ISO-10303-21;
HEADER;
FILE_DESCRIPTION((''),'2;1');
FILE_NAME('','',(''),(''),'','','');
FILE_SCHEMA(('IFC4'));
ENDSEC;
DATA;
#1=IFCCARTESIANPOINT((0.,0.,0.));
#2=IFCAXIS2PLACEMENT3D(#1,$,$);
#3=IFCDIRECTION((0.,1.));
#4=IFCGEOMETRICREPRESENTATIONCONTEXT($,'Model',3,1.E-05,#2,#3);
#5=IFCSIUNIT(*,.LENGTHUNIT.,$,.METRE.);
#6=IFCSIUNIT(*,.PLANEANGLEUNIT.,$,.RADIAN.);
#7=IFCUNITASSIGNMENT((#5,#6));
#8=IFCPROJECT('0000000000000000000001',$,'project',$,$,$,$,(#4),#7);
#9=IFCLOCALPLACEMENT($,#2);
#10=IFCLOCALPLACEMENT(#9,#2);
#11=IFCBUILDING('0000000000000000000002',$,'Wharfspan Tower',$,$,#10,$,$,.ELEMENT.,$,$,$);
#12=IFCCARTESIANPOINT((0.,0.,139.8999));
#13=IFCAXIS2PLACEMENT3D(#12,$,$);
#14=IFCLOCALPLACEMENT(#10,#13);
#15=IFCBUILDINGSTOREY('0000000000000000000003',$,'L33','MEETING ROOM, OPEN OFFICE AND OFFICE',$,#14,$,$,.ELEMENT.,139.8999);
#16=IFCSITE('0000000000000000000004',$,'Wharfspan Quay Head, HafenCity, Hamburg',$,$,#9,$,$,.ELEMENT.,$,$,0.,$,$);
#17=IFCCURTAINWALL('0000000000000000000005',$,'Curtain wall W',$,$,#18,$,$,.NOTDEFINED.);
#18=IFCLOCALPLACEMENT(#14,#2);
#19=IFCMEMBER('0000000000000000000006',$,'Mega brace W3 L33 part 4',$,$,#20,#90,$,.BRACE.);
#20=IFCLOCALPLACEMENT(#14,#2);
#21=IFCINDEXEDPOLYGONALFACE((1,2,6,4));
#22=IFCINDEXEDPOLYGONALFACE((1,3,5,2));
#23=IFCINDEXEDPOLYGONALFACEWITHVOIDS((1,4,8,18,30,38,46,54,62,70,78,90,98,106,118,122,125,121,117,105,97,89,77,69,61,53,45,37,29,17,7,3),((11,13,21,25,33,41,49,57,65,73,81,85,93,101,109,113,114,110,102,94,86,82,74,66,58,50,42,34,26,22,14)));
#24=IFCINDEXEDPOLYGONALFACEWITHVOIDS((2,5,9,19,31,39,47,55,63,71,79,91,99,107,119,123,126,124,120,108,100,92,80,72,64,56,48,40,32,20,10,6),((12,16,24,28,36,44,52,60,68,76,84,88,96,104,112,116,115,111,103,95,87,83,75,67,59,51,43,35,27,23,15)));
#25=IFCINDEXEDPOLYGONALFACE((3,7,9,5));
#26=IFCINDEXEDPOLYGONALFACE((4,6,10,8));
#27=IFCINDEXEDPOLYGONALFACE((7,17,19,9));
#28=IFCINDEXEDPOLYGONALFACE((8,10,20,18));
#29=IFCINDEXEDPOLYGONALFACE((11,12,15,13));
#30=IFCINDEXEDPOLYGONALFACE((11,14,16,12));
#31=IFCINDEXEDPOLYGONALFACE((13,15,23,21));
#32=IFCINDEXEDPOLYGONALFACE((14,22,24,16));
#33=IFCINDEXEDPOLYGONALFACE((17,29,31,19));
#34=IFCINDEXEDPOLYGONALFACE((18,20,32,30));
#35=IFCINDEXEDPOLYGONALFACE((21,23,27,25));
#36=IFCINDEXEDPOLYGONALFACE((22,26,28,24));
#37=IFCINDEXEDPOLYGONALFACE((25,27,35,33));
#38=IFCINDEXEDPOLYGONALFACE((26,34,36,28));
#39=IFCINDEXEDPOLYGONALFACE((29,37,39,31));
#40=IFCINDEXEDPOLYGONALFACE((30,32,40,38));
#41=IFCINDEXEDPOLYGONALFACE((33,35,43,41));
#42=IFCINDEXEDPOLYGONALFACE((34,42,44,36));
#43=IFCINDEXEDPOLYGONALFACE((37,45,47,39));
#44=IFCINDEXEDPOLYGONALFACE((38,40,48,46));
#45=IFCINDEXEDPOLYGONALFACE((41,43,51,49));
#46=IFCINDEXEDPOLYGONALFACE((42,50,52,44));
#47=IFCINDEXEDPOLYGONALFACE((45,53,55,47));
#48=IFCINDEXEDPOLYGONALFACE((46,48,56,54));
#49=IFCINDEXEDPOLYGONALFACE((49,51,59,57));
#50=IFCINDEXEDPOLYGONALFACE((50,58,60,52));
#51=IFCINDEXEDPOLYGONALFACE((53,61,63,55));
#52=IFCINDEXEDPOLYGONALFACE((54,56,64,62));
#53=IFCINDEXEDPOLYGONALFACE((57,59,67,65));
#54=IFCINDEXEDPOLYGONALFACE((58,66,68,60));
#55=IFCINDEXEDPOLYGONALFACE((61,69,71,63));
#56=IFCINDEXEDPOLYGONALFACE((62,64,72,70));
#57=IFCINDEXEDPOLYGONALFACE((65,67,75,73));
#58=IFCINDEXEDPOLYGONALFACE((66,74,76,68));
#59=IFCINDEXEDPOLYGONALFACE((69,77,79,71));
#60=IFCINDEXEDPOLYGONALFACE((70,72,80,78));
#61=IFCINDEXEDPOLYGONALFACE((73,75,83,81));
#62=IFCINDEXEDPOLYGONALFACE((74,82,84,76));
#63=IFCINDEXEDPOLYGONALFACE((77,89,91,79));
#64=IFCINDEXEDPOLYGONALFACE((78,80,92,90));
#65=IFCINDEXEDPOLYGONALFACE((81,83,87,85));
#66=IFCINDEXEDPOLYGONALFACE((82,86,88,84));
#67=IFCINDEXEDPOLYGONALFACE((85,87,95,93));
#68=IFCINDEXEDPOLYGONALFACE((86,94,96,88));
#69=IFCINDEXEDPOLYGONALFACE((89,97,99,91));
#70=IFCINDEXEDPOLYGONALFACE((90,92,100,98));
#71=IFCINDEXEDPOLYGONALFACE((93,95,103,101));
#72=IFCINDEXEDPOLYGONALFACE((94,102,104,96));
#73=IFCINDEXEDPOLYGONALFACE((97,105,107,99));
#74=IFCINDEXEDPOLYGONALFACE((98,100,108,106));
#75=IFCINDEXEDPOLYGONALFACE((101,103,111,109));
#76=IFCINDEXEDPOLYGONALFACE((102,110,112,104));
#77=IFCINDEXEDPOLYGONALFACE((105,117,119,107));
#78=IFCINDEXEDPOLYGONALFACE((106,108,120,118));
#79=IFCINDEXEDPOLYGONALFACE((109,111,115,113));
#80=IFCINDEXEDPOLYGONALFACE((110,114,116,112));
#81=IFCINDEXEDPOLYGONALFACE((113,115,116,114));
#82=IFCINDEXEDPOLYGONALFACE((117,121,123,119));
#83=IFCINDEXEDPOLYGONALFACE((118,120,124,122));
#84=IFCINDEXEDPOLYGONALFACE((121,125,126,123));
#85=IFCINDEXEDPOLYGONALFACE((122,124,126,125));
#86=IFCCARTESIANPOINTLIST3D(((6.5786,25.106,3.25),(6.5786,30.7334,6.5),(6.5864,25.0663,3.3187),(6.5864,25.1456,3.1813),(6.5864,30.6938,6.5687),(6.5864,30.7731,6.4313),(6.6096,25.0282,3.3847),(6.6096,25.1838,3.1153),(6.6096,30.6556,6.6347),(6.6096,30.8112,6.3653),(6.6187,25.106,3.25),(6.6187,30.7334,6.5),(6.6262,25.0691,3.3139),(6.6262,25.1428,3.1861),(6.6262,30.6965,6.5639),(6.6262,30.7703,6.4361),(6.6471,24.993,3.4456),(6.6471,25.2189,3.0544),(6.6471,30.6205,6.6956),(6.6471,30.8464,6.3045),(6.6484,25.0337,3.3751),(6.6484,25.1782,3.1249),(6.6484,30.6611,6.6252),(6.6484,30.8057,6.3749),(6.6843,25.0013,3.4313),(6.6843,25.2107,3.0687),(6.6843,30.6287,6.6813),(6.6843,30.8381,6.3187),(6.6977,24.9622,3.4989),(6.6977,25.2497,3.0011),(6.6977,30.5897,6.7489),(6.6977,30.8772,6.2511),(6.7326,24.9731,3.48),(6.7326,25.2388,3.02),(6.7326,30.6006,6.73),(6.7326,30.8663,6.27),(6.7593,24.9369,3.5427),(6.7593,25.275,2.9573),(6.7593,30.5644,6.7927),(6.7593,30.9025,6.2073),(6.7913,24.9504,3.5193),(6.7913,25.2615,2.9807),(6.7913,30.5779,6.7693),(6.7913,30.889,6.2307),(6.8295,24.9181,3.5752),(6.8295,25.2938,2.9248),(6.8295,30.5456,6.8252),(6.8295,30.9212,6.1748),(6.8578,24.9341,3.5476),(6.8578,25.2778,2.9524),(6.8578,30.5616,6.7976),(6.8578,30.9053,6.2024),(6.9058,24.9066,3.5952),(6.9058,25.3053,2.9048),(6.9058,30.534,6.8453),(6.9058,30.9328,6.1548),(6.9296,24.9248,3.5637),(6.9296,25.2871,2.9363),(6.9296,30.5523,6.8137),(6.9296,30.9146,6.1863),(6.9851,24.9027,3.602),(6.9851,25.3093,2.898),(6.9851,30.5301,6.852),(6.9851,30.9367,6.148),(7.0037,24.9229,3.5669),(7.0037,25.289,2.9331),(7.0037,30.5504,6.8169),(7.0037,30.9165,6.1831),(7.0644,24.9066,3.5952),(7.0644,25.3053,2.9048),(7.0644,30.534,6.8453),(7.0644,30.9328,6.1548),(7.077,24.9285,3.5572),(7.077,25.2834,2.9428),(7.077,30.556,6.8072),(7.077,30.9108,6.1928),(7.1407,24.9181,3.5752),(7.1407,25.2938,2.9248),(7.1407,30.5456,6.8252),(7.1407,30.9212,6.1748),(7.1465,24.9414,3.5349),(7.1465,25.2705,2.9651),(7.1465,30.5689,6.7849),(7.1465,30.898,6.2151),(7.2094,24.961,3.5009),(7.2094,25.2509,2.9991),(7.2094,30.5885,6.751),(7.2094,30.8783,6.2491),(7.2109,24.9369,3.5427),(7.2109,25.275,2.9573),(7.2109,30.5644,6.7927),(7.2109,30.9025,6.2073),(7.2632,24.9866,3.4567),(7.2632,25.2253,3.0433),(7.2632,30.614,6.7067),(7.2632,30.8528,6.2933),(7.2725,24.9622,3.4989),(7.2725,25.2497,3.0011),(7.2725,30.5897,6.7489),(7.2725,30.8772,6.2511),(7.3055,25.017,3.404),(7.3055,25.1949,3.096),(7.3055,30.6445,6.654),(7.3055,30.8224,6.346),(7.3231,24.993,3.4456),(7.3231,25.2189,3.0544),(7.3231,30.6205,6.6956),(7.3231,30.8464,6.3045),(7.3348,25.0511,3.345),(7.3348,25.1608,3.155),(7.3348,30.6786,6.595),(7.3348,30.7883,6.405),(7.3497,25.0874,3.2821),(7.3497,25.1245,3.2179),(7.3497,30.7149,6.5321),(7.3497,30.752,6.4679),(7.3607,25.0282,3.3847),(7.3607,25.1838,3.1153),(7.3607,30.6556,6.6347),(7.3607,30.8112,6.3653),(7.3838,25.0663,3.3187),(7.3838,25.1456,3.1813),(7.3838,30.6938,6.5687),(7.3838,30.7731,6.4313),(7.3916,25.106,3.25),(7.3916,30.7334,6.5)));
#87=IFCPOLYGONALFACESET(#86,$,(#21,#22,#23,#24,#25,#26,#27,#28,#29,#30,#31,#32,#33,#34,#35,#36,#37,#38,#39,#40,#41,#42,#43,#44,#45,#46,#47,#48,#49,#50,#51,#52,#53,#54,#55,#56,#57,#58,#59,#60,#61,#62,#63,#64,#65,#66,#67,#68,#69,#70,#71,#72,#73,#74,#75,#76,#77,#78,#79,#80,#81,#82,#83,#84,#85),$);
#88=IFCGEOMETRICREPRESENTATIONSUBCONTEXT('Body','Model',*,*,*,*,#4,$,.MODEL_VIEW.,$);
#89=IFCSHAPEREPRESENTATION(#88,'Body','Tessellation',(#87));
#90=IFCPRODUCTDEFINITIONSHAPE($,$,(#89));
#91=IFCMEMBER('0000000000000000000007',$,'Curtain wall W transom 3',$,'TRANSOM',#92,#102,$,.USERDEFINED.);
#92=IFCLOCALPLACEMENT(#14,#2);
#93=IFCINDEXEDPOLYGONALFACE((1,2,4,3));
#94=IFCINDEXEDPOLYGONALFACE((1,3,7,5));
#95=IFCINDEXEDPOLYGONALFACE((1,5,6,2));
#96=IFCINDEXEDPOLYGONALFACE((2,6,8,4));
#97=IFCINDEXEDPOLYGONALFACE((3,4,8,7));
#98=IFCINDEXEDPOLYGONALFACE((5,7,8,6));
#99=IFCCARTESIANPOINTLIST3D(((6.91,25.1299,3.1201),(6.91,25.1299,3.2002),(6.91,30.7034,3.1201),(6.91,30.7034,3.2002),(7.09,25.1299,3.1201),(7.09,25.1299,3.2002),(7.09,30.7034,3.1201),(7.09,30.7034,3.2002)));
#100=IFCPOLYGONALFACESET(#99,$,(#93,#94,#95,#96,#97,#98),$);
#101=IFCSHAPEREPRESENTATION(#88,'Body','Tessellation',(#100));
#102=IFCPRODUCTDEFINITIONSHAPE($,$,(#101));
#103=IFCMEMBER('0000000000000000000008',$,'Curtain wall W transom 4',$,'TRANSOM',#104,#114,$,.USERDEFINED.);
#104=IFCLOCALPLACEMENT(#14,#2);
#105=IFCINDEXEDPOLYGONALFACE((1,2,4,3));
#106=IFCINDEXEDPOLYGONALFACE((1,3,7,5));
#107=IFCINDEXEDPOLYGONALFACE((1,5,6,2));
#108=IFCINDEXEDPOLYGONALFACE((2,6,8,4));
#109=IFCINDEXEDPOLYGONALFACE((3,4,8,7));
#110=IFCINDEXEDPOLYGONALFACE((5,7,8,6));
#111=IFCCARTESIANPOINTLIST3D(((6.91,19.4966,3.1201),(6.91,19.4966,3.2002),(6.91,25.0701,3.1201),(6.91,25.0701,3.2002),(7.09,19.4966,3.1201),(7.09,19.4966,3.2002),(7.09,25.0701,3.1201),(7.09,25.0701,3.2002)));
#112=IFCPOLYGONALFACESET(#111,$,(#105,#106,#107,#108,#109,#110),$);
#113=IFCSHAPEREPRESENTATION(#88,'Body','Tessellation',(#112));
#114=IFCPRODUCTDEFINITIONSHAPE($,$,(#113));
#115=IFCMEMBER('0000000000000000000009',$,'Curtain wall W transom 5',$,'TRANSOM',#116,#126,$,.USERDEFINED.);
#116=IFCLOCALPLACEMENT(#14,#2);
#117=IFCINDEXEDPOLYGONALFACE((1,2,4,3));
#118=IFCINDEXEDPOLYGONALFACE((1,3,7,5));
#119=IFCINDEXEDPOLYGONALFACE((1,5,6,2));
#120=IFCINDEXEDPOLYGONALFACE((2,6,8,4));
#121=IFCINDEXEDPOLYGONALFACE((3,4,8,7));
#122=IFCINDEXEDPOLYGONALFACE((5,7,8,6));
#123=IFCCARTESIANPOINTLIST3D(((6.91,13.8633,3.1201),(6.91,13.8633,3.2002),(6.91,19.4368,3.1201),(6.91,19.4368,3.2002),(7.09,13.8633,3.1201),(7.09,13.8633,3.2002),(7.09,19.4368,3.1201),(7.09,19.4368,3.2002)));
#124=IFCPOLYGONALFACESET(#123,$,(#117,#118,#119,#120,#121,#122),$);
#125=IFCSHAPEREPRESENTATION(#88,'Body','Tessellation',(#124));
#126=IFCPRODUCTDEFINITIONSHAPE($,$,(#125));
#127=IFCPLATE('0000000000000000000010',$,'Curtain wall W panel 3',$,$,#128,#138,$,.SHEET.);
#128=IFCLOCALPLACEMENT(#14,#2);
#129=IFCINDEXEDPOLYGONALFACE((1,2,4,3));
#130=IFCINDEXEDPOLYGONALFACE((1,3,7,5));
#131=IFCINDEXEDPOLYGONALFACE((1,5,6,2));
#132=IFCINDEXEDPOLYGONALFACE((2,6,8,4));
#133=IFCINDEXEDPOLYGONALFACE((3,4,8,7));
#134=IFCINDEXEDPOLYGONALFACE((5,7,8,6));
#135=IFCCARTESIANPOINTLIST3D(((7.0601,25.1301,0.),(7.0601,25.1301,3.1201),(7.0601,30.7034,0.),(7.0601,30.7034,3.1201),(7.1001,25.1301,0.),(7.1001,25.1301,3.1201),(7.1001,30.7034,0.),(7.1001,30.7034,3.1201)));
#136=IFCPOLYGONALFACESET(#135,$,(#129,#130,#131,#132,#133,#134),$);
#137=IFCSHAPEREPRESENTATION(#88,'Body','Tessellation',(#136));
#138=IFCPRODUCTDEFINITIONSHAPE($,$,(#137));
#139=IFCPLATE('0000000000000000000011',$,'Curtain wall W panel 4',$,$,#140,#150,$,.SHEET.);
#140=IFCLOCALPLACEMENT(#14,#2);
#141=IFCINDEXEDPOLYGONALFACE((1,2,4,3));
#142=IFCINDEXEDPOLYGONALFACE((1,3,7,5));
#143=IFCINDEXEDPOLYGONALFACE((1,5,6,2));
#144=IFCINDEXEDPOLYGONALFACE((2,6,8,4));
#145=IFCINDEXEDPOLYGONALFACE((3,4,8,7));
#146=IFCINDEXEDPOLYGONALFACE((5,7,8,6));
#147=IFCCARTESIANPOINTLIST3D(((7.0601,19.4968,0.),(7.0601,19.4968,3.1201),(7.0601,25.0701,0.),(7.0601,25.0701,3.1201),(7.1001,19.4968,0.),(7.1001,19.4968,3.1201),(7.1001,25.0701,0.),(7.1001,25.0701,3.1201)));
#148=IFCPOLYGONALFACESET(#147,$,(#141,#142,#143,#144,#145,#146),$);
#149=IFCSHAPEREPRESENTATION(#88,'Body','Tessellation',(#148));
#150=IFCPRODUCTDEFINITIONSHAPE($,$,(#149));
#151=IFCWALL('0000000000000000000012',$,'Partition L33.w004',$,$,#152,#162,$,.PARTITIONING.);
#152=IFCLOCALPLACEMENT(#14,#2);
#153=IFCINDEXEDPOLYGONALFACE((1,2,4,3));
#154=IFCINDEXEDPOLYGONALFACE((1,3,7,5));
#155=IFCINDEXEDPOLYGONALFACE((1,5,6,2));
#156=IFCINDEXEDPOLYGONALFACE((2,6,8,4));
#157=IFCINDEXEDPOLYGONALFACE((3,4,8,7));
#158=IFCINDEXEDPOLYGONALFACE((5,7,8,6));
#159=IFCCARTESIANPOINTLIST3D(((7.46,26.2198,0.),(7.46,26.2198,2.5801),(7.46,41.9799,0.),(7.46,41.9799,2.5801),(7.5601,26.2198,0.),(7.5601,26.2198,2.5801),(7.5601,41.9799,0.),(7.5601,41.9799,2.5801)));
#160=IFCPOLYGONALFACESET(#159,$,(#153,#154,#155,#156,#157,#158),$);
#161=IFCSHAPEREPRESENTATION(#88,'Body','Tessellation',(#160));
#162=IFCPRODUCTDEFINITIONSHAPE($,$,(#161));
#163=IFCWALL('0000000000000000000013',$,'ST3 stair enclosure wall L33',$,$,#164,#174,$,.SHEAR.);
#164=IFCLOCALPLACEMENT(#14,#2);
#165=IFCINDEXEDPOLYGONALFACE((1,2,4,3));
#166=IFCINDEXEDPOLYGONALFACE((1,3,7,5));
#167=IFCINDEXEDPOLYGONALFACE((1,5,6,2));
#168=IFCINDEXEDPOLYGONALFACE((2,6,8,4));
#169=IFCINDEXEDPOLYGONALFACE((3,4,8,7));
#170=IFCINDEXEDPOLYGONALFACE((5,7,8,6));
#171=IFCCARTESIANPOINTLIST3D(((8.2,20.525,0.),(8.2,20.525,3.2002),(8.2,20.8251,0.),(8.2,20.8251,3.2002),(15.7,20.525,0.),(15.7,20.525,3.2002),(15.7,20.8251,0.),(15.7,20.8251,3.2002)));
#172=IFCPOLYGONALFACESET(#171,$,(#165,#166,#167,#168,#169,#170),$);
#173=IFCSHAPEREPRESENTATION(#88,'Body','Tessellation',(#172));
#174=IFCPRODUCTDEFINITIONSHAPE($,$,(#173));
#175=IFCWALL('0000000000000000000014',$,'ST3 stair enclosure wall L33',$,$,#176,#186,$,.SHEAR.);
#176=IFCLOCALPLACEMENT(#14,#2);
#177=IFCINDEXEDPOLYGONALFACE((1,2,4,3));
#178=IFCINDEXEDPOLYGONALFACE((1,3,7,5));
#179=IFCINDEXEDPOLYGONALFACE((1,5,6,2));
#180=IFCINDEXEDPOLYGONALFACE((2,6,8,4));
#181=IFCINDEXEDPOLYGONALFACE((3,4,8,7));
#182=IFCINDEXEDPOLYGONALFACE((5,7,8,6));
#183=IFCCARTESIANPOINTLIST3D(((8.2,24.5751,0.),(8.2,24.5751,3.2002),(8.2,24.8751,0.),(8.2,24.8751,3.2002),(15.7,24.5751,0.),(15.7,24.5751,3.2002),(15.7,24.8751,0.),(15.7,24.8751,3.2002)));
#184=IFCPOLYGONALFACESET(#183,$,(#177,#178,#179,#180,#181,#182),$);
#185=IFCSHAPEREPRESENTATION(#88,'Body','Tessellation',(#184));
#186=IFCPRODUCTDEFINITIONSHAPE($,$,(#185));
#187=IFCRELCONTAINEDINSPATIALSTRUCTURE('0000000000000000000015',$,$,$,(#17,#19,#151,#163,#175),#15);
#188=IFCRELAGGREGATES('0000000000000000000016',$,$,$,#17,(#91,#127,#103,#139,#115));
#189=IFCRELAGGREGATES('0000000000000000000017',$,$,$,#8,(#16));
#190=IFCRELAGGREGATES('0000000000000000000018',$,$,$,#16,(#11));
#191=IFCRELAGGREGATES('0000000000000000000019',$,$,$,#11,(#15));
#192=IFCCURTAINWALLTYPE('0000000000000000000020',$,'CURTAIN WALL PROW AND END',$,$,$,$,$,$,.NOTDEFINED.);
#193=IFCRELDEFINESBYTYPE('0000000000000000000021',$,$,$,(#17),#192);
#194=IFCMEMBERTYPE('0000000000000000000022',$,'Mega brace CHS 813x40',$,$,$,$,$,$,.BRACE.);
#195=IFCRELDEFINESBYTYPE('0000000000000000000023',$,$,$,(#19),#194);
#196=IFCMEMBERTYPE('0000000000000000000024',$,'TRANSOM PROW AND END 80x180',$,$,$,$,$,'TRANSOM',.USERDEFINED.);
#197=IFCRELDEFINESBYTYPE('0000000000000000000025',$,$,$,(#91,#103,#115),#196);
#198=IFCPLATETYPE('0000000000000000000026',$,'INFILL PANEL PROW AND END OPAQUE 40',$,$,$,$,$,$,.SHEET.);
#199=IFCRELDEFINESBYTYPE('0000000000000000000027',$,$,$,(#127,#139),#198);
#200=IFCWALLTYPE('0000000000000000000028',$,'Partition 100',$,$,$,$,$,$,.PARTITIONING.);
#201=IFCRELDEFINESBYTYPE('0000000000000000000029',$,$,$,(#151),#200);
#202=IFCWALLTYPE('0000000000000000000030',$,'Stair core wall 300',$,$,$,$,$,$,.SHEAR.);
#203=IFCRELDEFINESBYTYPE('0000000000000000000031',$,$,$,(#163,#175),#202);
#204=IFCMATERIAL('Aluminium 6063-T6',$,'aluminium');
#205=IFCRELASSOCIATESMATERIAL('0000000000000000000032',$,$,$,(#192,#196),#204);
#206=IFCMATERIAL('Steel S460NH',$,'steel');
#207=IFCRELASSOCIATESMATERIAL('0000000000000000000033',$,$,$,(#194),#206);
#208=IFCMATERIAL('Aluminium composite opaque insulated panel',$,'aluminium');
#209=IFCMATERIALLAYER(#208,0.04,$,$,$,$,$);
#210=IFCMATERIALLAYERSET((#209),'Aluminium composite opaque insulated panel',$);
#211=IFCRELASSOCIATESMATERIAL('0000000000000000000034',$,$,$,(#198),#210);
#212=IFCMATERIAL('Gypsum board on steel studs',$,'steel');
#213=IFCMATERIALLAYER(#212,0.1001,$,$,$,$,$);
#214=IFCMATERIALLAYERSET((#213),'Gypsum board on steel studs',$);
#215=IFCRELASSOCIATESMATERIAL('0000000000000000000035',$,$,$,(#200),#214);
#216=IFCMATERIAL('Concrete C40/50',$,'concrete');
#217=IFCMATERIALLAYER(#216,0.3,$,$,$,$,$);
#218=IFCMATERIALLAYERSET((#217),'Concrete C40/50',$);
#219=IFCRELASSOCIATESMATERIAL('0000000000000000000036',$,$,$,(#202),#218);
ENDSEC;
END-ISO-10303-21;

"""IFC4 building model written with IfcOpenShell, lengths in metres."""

from ifc_helpers import new_model, si_unit, direction, frame, frame_2d, origin, origin_2d, place, context, subcontext, project, spatial, rectangle, hollow_circle, extrude, material, layer, layer_set, material_profile, profile_set, type_object, element, aggregate, save


model = new_model("IFC4")

# Units and contexts
model_context = context("Model", 3, precision=1e-05, world=origin(), true_north=direction((0.0, 1.0)))
body_context = subcontext(model_context, "Body", "Model", "MODEL_VIEW")
ifc_project = project(units=[si_unit("LENGTHUNIT", "METRE"), si_unit("PLANEANGLEUNIT", "RADIAN")], contexts=[model_context])

# Site, building, storey
site_placement = place(None, origin())
site = spatial("IfcSite", under=ifc_project, at=site_placement, Name="Wharfspan Quay Head, HafenCity, Hamburg", CompositionType="ELEMENT", RefElevation=0.0)
building_placement = place(site_placement, origin())
building = spatial("IfcBuilding", under=site, at=building_placement, Name="Wharfspan Tower", CompositionType="ELEMENT")
storey_placement = place(building_placement, frame((0.0, 0.0, 139.8999)))
storey = spatial("IfcBuildingStorey", under=building, at=storey_placement, Name="L33", Description="MEETING ROOM, OPEN OFFICE AND OFFICE", CompositionType="ELEMENT", Elevation=139.8999)

# Curtain wall
ifc_material_1 = material(Name="Aluminium 6063-T6", Category="aluminium")
curtain_wall_type = type_object("IfcCurtainWallType", Name="CURTAIN WALL PROW AND END", PredefinedType="NOTDEFINED", material=ifc_material_1)
curtain_wall_placement = place(storey_placement, origin())
curtain_wall = element("IfcCurtainWall", 1, at=curtain_wall_placement, inside=storey, type_object=curtain_wall_type, Name="Curtain wall W", PredefinedType="NOTDEFINED")

# Member
ifc_material_2 = material(Name="Steel S460NH", Category="steel")
ifc_material_profile_1 = material_profile(ifc_material_2, hollow_circle(Radius=0.4065, WallThickness=0.04, at=origin_2d()))
ifc_profile_set_1 = profile_set([ifc_material_profile_1], Name="Steel S460NH")
member_type_1 = type_object("IfcMemberType", Name="Mega brace CHS 813x40", PredefinedType="BRACE", material=ifc_profile_set_1)
for number, where, z_axis, x_axis, name in (
    (2, (6.9851, 25.106, 3.25), (0.0, 0.865959, 0.500115), (-1.0, 0.0, 0.0), "Mega brace W3 L33 part 4"),
):
    element("IfcMember", number, at=place(storey_placement, frame(where, z_axis=z_axis, x_axis=x_axis)), inside=storey, type_object=member_type_1, Name=name, PredefinedType="BRACE", context=body_context, shape_type="SweptSolid", body=[
        extrude(hollow_circle(Radius=0.4065, WallThickness=0.04, at=origin_2d()), origin(), (0.0, 0.0, 1.0), 6.4985),
    ])

# Members
ifc_material_profile_2 = material_profile(ifc_material_1, rectangle(XDim=0.1799, YDim=0.0801, at=origin_2d()))
ifc_profile_set_2 = profile_set([ifc_material_profile_2], Name="Aluminium 6063-T6")
member_type_2 = type_object("IfcMemberType", Name="TRANSOM PROW AND END 80x180", ElementType="TRANSOM", PredefinedType="USERDEFINED", material=ifc_profile_set_2)
member_1_placement = place(storey_placement, frame((7.0, 30.7034, 3.1602), z_axis=(0.0, -1.0, 0.0), x_axis=(1.0, 0.0, 0.0)))
member_1 = element("IfcMember", 3, at=member_1_placement, type_object=member_type_2, Name="Curtain wall W transom 3", ObjectType="TRANSOM", PredefinedType="USERDEFINED", context=body_context, shape_type="SweptSolid", body=[
    extrude(rectangle(XDim=0.1799, YDim=0.0801, at=origin_2d()), origin(), (0.0, 0.0, 1.0), 5.5735),
])
member_2_placement = place(storey_placement, frame((7.0, 25.0701, 3.1602), z_axis=(0.0, -1.0, 0.0), x_axis=(1.0, 0.0, 0.0)))
member_2 = element("IfcMember", 4, at=member_2_placement, type_object=member_type_2, Name="Curtain wall W transom 4", ObjectType="TRANSOM", PredefinedType="USERDEFINED", context=body_context, shape_type="SweptSolid", body=[
    extrude(rectangle(XDim=0.1799, YDim=0.0801, at=origin_2d()), origin(), (0.0, 0.0, 1.0), 5.5735),
])
member_3_placement = place(storey_placement, frame((7.0, 19.4368, 3.1602), z_axis=(0.0, -1.0, 0.0), x_axis=(1.0, 0.0, 0.0)))
member_3 = element("IfcMember", 5, at=member_3_placement, type_object=member_type_2, Name="Curtain wall W transom 5", ObjectType="TRANSOM", PredefinedType="USERDEFINED", context=body_context, shape_type="SweptSolid", body=[
    extrude(rectangle(XDim=0.1799, YDim=0.0801, at=origin_2d()), origin(), (0.0, 0.0, 1.0), 5.5735),
])

# Plates
ifc_material_3 = material(Name="Aluminium composite opaque insulated panel", Category="aluminium")
ifc_layer_1 = layer(ifc_material_3, 0.04)
ifc_layer_set_1 = layer_set([ifc_layer_1], Name="Aluminium composite opaque insulated panel")
plate_type = type_object("IfcPlateType", Name="INFILL PANEL PROW AND END OPAQUE 40", PredefinedType="SHEET", material=ifc_layer_set_1)
plate_1_placement = place(storey_placement, frame((7.0801, 27.9167, 0.0), z_axis=(0.0, 0.0, 1.0), x_axis=(0.0, -1.0, 0.0)))
plate_1 = element("IfcPlate", 6, at=plate_1_placement, type_object=plate_type, Name="Curtain wall W panel 3", PredefinedType="SHEET", context=body_context, shape_type="SweptSolid", body=[
    extrude(rectangle(XDim=5.5732, YDim=0.04, at=origin_2d()), origin(), (0.0, 0.0, 1.0), 3.1201),
])
plate_2_placement = place(storey_placement, frame((7.0801, 22.2834, 0.0), z_axis=(0.0, 0.0, 1.0), x_axis=(0.0, -1.0, 0.0)))
plate_2 = element("IfcPlate", 7, at=plate_2_placement, type_object=plate_type, Name="Curtain wall W panel 4", PredefinedType="SHEET", context=body_context, shape_type="SweptSolid", body=[
    extrude(rectangle(XDim=5.5732, YDim=0.04, at=origin_2d()), origin(), (0.0, 0.0, 1.0), 3.1201),
])
aggregate(curtain_wall, [member_1, plate_1, member_2, plate_2, member_3])

# Walls
ifc_material_4 = material(Name="Gypsum board on steel studs", Category="steel")
ifc_layer_2 = layer(ifc_material_4, 0.1001)
ifc_layer_set_2 = layer_set([ifc_layer_2], Name="Gypsum board on steel studs")
wall_type_1 = type_object("IfcWallType", Name="Partition 100", PredefinedType="PARTITIONING", material=ifc_layer_set_2)
wall_1_placement = place(storey_placement, frame((7.51, 26.22, 0.0), z_axis=(0.0, 0.0, 1.0), x_axis=(0.0, 1.0, 0.0)))
element("IfcWall", 8, at=wall_1_placement, inside=storey, type_object=wall_type_1, Name="Partition L33.w004", PredefinedType="PARTITIONING", context=body_context, shape_type="SweptSolid", body=[
    extrude(rectangle(XDim=15.76, YDim=0.1001, at=frame_2d((7.8799, 0.0))), origin(), (0.0, 0.0, 1.0), 2.5801),
])
ifc_material_5 = material(Name="Concrete C40/50", Category="concrete")
ifc_layer_3 = layer(ifc_material_5, 0.3)
ifc_layer_set_3 = layer_set([ifc_layer_3], Name="Concrete C40/50")
wall_type_2 = type_object("IfcWallType", Name="Stair core wall 300", PredefinedType="SHEAR", material=ifc_layer_set_3)
for number, where, z_axis, x_axis, name in (
    (9, (8.2, 20.675, 0.0), (0.0, 0.0, 1.0), (1.0, 0.0, 0.0), "ST3 stair enclosure wall L33"),
    (10, (8.2, 24.7251, 0.0), (0.0, 0.0, 1.0), (1.0, 0.0, 0.0), "ST3 stair enclosure wall L33"),
):
    element("IfcWall", number, at=place(storey_placement, frame(where, z_axis=z_axis, x_axis=x_axis)), inside=storey, type_object=wall_type_2, Name=name, PredefinedType="SHEAR", context=body_context, shape_type="SweptSolid", body=[
        extrude(rectangle(XDim=7.5, YDim=0.3, at=frame_2d((3.75, 0.0))), origin(), (0.0, 0.0, 1.0), 3.2002),
    ])

save(model, "model.ifc")
